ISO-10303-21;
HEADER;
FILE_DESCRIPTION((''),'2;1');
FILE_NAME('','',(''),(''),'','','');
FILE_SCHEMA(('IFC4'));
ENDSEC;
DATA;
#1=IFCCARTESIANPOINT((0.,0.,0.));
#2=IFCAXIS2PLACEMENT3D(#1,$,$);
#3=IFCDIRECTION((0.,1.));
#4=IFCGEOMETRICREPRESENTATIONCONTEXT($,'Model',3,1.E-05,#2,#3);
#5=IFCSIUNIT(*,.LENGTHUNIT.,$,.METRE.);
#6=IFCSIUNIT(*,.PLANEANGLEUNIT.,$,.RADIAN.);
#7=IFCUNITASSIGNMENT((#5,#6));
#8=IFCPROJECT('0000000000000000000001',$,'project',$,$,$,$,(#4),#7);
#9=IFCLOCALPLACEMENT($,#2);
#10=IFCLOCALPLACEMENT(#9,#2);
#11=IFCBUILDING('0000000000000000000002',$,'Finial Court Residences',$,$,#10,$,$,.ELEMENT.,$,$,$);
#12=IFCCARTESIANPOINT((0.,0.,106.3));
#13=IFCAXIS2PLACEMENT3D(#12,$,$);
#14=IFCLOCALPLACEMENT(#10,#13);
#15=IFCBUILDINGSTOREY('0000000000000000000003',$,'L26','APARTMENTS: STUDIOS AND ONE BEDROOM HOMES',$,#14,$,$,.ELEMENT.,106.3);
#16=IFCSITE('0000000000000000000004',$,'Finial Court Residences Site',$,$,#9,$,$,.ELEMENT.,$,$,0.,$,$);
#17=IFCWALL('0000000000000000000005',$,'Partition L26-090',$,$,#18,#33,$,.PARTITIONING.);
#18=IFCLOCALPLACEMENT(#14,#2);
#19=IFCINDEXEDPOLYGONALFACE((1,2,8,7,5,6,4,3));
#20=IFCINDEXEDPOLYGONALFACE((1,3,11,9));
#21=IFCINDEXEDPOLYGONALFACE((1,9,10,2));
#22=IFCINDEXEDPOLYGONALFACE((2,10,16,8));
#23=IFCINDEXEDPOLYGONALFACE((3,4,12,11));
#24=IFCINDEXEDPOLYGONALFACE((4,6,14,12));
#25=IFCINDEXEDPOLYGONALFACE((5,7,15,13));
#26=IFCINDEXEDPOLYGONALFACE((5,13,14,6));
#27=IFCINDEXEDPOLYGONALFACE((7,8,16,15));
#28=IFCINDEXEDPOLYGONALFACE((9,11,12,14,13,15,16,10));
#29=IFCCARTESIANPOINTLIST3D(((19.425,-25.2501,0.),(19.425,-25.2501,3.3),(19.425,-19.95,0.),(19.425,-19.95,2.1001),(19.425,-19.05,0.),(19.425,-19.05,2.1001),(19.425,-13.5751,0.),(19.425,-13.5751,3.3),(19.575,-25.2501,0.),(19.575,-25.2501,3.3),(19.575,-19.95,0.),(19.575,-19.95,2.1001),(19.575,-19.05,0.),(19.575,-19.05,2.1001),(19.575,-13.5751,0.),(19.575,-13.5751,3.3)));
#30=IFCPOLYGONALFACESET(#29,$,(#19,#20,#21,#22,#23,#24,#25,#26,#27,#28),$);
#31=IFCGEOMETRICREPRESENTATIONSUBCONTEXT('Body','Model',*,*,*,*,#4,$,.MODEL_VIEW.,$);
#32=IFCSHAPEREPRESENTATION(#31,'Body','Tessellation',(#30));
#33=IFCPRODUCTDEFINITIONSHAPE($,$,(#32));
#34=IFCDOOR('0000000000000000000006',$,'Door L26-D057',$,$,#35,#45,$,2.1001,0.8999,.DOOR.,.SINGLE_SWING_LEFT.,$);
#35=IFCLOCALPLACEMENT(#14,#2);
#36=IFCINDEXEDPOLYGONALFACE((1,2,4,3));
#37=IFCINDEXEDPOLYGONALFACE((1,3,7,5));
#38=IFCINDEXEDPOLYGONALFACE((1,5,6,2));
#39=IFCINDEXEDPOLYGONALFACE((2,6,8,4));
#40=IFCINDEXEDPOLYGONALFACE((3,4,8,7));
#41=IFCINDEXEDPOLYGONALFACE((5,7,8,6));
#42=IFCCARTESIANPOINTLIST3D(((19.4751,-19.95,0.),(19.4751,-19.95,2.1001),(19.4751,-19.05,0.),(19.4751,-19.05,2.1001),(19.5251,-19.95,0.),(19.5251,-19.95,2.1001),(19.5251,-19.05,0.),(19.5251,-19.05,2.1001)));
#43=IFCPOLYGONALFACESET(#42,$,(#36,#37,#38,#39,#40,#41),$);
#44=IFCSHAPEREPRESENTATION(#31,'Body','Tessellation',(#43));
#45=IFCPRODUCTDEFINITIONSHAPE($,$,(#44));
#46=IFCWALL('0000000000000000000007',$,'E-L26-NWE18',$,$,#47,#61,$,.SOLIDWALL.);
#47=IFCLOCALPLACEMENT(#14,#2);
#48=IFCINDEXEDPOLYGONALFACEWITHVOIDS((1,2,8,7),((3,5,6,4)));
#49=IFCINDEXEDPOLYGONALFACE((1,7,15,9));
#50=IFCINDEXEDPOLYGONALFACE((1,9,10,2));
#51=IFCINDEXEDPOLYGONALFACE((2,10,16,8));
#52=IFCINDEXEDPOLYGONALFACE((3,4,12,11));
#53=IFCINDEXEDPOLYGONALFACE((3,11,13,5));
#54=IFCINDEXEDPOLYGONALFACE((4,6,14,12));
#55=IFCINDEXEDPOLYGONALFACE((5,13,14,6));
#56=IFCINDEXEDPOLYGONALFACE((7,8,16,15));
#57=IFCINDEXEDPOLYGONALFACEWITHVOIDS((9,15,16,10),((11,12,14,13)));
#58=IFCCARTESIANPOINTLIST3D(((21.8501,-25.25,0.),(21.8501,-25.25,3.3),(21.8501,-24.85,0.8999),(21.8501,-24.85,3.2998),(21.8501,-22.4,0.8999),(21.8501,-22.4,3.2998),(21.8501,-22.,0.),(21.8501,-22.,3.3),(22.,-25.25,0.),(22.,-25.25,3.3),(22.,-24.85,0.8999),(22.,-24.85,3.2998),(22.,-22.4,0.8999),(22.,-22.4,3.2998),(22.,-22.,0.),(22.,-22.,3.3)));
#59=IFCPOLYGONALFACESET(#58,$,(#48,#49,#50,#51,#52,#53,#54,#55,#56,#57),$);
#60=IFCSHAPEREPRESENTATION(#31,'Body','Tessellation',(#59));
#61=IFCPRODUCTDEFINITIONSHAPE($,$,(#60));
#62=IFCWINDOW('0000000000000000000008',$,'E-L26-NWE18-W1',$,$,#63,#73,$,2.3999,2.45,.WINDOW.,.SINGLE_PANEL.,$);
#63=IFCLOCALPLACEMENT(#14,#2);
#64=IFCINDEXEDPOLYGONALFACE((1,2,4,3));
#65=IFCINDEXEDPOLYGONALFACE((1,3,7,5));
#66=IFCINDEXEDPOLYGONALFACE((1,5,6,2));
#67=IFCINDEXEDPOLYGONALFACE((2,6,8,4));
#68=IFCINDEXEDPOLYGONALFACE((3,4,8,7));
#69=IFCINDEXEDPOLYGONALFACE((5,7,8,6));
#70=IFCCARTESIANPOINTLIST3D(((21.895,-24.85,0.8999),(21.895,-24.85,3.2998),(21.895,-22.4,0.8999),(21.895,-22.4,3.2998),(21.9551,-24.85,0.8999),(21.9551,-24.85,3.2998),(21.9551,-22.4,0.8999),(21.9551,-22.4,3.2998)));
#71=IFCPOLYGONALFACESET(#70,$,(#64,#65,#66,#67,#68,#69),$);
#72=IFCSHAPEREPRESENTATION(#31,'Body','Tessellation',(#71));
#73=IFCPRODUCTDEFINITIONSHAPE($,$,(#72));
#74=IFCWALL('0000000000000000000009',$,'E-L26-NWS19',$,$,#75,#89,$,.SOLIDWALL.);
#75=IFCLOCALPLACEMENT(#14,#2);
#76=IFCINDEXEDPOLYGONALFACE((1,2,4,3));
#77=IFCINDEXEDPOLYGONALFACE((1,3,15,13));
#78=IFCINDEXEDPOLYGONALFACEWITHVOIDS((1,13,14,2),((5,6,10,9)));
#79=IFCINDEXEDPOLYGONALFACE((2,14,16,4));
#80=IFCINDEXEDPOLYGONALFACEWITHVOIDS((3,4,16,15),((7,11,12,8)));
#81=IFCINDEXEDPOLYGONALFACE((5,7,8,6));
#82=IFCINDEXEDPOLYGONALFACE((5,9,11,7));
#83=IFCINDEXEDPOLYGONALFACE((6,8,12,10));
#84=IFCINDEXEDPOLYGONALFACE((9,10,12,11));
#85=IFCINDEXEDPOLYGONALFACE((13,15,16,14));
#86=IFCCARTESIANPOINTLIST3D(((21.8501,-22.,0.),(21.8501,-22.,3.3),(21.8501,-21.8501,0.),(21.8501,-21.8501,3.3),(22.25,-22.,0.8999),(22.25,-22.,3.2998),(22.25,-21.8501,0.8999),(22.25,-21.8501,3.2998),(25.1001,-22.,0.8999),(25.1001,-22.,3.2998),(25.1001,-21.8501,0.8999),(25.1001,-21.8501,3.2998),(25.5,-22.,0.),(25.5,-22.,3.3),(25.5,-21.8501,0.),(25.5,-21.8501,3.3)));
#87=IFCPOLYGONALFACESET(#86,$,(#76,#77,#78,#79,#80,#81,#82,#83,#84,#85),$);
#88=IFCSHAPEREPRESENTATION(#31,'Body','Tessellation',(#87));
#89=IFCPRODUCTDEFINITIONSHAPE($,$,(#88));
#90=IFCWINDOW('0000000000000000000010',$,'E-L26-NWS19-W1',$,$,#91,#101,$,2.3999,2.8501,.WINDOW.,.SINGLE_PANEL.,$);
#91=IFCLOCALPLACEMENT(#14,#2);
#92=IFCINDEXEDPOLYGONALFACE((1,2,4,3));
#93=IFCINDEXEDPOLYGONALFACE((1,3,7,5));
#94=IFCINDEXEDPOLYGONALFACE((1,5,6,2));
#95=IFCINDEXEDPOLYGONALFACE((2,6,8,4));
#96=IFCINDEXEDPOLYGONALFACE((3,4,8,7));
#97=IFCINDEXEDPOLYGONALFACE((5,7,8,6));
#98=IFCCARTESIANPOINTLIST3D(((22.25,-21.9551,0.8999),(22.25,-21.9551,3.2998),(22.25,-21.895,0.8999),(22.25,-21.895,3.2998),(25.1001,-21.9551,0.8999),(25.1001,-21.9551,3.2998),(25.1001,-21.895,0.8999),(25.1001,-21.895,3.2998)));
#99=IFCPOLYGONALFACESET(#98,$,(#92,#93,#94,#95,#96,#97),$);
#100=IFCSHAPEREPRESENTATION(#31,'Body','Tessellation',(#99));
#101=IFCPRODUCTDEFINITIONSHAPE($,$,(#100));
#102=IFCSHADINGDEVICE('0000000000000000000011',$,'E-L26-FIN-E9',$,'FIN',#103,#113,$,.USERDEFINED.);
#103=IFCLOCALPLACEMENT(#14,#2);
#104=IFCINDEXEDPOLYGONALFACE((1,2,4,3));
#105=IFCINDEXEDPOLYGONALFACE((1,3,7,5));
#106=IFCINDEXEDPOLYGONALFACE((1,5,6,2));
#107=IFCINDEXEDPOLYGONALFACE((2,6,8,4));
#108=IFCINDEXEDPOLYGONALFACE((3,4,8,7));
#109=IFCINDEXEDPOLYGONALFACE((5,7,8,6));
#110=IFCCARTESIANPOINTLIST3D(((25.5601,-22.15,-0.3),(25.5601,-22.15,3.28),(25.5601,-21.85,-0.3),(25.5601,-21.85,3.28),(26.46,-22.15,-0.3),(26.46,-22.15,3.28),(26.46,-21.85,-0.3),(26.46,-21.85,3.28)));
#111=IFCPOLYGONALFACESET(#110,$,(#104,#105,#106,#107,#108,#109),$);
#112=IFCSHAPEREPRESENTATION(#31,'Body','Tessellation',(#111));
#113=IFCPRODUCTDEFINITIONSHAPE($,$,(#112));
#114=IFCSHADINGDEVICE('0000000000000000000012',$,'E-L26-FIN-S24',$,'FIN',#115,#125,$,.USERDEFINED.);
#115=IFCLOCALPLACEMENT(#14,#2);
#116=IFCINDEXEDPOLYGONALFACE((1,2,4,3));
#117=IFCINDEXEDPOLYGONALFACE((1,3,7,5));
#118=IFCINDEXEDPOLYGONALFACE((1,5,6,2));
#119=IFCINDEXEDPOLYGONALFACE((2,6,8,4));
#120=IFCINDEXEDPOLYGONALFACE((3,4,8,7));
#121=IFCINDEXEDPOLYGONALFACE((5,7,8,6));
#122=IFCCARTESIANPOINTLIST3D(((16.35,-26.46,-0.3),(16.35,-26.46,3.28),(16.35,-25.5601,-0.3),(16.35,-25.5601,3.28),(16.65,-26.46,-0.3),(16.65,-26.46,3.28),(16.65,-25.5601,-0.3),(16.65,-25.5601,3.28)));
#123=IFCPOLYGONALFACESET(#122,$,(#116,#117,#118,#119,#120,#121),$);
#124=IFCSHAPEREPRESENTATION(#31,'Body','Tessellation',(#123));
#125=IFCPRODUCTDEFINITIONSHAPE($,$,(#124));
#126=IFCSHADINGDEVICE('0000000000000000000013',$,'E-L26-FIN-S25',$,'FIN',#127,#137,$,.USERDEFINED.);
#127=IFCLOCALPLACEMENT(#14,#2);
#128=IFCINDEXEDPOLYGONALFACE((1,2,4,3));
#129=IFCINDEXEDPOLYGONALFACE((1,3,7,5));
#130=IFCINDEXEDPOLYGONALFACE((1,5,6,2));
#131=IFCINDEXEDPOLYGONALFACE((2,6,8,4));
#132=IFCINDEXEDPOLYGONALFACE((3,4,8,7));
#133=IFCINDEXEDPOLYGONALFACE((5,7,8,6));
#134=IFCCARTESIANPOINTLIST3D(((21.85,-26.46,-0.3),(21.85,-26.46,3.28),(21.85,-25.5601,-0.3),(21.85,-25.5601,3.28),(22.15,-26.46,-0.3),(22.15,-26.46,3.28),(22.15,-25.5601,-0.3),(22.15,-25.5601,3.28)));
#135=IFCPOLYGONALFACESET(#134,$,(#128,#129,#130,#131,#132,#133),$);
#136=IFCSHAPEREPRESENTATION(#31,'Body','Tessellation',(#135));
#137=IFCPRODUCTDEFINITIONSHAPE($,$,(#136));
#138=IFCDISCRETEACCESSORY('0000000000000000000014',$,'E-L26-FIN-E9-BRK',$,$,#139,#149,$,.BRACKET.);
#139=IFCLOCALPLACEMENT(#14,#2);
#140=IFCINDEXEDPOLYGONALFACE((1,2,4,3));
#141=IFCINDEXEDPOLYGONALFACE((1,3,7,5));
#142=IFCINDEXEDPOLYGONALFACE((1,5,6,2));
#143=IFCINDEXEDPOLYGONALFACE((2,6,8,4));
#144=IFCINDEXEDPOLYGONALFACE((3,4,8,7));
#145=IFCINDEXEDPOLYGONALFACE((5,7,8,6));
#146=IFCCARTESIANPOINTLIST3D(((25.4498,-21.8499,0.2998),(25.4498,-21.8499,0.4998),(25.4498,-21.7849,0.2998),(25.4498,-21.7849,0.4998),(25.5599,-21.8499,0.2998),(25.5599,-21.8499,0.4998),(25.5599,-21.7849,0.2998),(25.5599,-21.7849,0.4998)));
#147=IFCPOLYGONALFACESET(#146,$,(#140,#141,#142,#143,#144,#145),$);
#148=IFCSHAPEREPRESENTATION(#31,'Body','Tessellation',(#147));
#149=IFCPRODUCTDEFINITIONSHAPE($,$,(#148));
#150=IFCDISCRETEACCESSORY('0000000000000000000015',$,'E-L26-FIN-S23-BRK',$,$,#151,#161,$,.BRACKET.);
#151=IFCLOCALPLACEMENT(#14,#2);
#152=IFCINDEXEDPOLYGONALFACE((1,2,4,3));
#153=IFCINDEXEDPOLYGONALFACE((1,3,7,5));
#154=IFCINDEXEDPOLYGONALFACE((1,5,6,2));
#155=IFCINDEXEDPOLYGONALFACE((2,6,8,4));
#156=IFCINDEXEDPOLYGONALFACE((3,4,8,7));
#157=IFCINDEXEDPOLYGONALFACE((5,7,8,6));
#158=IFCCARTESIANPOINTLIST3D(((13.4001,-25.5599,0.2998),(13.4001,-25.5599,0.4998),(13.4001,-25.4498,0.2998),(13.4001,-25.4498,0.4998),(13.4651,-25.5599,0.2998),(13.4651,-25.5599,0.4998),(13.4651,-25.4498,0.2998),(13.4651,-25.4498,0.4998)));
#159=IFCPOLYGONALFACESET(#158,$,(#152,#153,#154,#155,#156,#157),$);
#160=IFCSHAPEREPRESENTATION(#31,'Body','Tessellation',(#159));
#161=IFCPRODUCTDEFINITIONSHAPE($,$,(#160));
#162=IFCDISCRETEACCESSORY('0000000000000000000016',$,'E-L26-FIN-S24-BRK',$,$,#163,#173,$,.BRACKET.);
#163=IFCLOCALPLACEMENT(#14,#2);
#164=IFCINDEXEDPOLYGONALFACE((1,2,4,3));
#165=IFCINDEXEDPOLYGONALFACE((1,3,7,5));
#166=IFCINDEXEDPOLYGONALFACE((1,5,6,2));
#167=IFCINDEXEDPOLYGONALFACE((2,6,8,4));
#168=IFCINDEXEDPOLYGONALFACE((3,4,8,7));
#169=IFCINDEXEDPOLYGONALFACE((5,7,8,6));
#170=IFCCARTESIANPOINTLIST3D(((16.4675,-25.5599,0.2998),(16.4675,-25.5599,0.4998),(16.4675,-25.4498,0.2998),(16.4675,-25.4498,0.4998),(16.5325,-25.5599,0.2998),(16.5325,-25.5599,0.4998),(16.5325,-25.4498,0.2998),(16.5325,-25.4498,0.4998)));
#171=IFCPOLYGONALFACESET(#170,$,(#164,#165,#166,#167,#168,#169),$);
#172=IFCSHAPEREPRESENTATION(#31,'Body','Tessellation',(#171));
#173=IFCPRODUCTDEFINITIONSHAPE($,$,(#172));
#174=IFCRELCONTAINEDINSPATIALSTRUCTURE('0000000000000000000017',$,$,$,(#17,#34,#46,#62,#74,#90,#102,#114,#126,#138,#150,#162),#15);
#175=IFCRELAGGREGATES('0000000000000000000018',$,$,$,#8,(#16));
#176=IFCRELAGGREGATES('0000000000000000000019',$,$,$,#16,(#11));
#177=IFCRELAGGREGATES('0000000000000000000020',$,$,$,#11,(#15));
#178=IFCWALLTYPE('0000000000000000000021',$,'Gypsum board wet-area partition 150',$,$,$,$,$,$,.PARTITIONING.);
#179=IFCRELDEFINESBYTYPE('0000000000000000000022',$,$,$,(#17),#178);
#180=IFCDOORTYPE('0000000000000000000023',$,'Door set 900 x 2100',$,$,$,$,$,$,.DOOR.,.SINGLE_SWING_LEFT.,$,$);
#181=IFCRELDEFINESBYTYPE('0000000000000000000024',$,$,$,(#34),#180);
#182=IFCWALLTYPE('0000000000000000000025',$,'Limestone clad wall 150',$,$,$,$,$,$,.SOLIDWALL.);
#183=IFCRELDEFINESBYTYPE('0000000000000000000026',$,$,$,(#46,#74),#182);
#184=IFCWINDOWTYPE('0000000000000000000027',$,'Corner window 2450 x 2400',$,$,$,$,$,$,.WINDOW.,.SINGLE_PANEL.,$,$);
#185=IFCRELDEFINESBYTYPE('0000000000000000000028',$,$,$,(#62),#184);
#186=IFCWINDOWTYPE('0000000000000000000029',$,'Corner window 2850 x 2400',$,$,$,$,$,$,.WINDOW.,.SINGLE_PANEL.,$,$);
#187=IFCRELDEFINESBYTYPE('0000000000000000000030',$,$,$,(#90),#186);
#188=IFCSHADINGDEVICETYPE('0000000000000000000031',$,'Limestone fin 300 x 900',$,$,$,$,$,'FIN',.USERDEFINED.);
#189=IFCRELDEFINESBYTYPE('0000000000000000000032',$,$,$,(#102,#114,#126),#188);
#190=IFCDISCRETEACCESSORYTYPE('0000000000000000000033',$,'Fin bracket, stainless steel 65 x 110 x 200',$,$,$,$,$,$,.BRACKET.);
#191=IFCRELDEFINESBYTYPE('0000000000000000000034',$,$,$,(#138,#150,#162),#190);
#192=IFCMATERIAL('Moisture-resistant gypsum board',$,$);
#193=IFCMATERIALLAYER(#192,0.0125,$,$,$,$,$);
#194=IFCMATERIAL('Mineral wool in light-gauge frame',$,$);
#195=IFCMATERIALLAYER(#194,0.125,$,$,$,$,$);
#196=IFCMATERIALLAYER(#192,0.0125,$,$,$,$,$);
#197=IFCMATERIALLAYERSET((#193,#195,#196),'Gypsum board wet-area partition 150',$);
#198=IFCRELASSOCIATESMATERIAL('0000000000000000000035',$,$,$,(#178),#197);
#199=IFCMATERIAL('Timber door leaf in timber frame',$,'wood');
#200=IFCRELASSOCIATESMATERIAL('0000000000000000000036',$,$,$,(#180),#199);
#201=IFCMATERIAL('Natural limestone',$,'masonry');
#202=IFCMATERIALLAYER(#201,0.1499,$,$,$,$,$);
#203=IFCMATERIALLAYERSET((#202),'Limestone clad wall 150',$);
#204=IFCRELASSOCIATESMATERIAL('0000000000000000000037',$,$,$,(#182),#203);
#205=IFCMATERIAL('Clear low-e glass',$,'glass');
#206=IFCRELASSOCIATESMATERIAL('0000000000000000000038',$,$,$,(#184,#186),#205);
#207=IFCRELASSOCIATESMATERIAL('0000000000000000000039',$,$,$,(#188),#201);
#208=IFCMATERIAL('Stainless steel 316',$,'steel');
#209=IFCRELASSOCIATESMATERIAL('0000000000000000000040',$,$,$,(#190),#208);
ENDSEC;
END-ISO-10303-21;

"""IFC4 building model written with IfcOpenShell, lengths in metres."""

from ifc_helpers import new_model, si_unit, direction, frame, frame_2d, origin, origin_2d, place, context, subcontext, project, spatial, rectangle, extrude, material, layer, layer_set, type_object, element, fill, save


model = new_model("IFC4")

# Units and contexts
model_context = context("Model", 3, precision=1e-05, world=origin(), true_north=direction((0.0, 1.0)))
body_context = subcontext(model_context, "Body", "Model", "MODEL_VIEW")
ifc_project = project(units=[si_unit("LENGTHUNIT", "METRE"), si_unit("PLANEANGLEUNIT", "RADIAN")], contexts=[model_context])

# Site, building, storey
site_placement = place(None, origin())
site = spatial("IfcSite", under=ifc_project, at=site_placement, Name="Finial Court Residences Site", CompositionType="ELEMENT", RefElevation=0.0)
building_placement = place(site_placement, origin())
building = spatial("IfcBuilding", under=site, at=building_placement, Name="Finial Court Residences", CompositionType="ELEMENT")
storey_placement = place(building_placement, frame((0.0, 0.0, 106.3)))
storey = spatial("IfcBuildingStorey", under=building, at=storey_placement, Name="L26", Description="APARTMENTS: STUDIOS AND ONE BEDROOM HOMES", CompositionType="ELEMENT", Elevation=106.3)

# Shared definitions
ifc_material_1 = material(Name="Clear low-e glass", Category="glass")

# Shared definitions
ifc_material_2 = material(Name="Moisture-resistant gypsum board")
ifc_layer_1 = layer(ifc_material_2, 0.0125)
ifc_material_3 = material(Name="Mineral wool in light-gauge frame")
ifc_layer_2 = layer(ifc_material_3, 0.125)
ifc_layer_3 = layer(ifc_material_2, 0.0125)
ifc_layer_set_1 = layer_set([ifc_layer_1, ifc_layer_2, ifc_layer_3], Name="Gypsum board wet-area partition 150")
wall_type_1 = type_object("IfcWallType", Name="Gypsum board wet-area partition 150", PredefinedType="PARTITIONING", material=ifc_layer_set_1)

# Wall, opening, door
wall_1_placement = place(storey_placement, frame((19.5, -25.25, 0.0), z_axis=(0.0, 0.0, 1.0), x_axis=(0.0, 1.0, 0.0)))
wall_1 = element("IfcWall", 1, at=wall_1_placement, inside=storey, type_object=wall_type_1, Name="Partition L26-090", PredefinedType="PARTITIONING", context=body_context, shape_type="SweptSolid", body=[
    extrude(rectangle(XDim=11.675, YDim=0.1499, at=frame_2d((5.8374, 0.0))), origin(), (0.0, 0.0, 1.0), 3.3),
])
opening_1_placement = place(wall_1_placement, frame((5.3, 0.0, 0.0)))
opening_1 = element("IfcOpeningElement", 2, at=opening_1_placement, cuts=wall_1, PredefinedType="OPENING", context=body_context, shape_type="SweptSolid", body=[
    extrude(rectangle(XDim=0.8999, YDim=2.1001, at=frame_2d((0.45, 1.05))), frame((0.0, 0.085, 0.0), z_axis=(0.0, -1.0, 0.0), x_axis=(1.0, 0.0, 0.0)), (0.0, 0.0, 1.0), 0.1699),
])
ifc_material_4 = material(Name="Timber door leaf in timber frame", Category="wood")
door_type = type_object("IfcDoorType", Name="Door set 900 x 2100", OperationType="SINGLE_SWING_LEFT", PredefinedType="DOOR", material=ifc_material_4)
door_placement = place(opening_1_placement, origin())
door = element("IfcDoor", 3, at=door_placement, inside=storey, type_object=door_type, Name="Door L26-D057", OperationType="SINGLE_SWING_LEFT", OverallHeight=2.1001, OverallWidth=0.8999, PredefinedType="DOOR", context=body_context, shape_type="SweptSolid", body=[
    extrude(rectangle(XDim=0.8999, YDim=2.1001, at=frame_2d((0.45, 1.05))), frame((0.0, 0.0249, 0.0), z_axis=(0.0, -1.0, 0.0), x_axis=(1.0, 0.0, 0.0)), (0.0, 0.0, 1.0), 0.05),
])
fill(opening_1, door)

# Walls, openings, windows
ifc_material_5 = material(Name="Natural limestone", Category="masonry")
ifc_layer_4 = layer(ifc_material_5, 0.1499)
ifc_layer_set_2 = layer_set([ifc_layer_4], Name="Limestone clad wall 150")
wall_type_2 = type_object("IfcWallType", Name="Limestone clad wall 150", PredefinedType="SOLIDWALL", material=ifc_layer_set_2)
wall_2_placement = place(storey_placement, frame((21.925, -22.0, 0.0), z_axis=(0.0, 0.0, 1.0), x_axis=(0.0, -1.0, 0.0)))
wall_2 = element("IfcWall", 4, at=wall_2_placement, inside=storey, type_object=wall_type_2, Name="E-L26-NWE18", PredefinedType="SOLIDWALL", context=body_context, shape_type="SweptSolid", body=[
    extrude(rectangle(XDim=3.25, YDim=0.1499, at=frame_2d((1.625, 0.0))), origin(), (0.0, 0.0, 1.0), 3.3),
])
opening_2_placement = place(wall_2_placement, frame((0.3999, 0.0, 0.8999)))
opening_2 = element("IfcOpeningElement", 5, at=opening_2_placement, cuts=wall_2, PredefinedType="OPENING", context=body_context, shape_type="SweptSolid", body=[
    extrude(rectangle(XDim=2.45, YDim=2.3999, at=frame_2d((1.2251, 1.2))), frame((0.0, 0.085, 0.0), z_axis=(0.0, -1.0, 0.0), x_axis=(1.0, 0.0, 0.0)), (0.0, 0.0, 1.0), 0.1699),
])
window_type_1 = type_object("IfcWindowType", Name="Corner window 2450 x 2400", PartitioningType="SINGLE_PANEL", PredefinedType="WINDOW", material=ifc_material_1)
window_1_placement = place(opening_2_placement, origin())
window_1 = element("IfcWindow", 6, at=window_1_placement, inside=storey, type_object=window_type_1, Name="E-L26-NWE18-W1", OverallHeight=2.3999, OverallWidth=2.45, PartitioningType="SINGLE_PANEL", PredefinedType="WINDOW", context=body_context, shape_type="SweptSolid", body=[
    extrude(rectangle(XDim=2.45, YDim=2.3999, at=frame_2d((1.2251, 1.2))), frame((0.0, 0.03, 0.0), z_axis=(0.0, -1.0, 0.0), x_axis=(1.0, 0.0, 0.0)), (0.0, 0.0, 1.0), 0.0601),
])
fill(opening_2, window_1)
wall_3_placement = place(storey_placement, frame((25.5, -21.925, 0.0), z_axis=(0.0, 0.0, 1.0), x_axis=(-1.0, 0.0, 0.0)))
wall_3 = element("IfcWall", 7, at=wall_3_placement, inside=storey, type_object=wall_type_2, Name="E-L26-NWS19", PredefinedType="SOLIDWALL", context=body_context, shape_type="SweptSolid", body=[
    extrude(rectangle(XDim=3.6499, YDim=0.1499, at=frame_2d((1.825, 0.0))), origin(), (0.0, 0.0, 1.0), 3.3),
])
opening_3_placement = place(wall_3_placement, frame((0.3999, 0.0, 0.8999)))
opening_3 = element("IfcOpeningElement", 8, at=opening_3_placement, cuts=wall_3, PredefinedType="OPENING", context=body_context, shape_type="SweptSolid", body=[
    extrude(rectangle(XDim=2.8501, YDim=2.3999, at=frame_2d((1.425, 1.2))), frame((0.0, 0.085, 0.0), z_axis=(0.0, -1.0, 0.0), x_axis=(1.0, 0.0, 0.0)), (0.0, 0.0, 1.0), 0.1699),
])
window_type_2 = type_object("IfcWindowType", Name="Corner window 2850 x 2400", PartitioningType="SINGLE_PANEL", PredefinedType="WINDOW", material=ifc_material_1)
window_2_placement = place(opening_3_placement, origin())
window_2 = element("IfcWindow", 9, at=window_2_placement, inside=storey, type_object=window_type_2, Name="E-L26-NWS19-W1", OverallHeight=2.3999, OverallWidth=2.8501, PartitioningType="SINGLE_PANEL", PredefinedType="WINDOW", context=body_context, shape_type="SweptSolid", body=[
    extrude(rectangle(XDim=2.8501, YDim=2.3999, at=frame_2d((1.425, 1.2))), frame((0.0, 0.03, 0.0), z_axis=(0.0, -1.0, 0.0), x_axis=(1.0, 0.0, 0.0)), (0.0, 0.0, 1.0), 0.0601),
])
fill(opening_3, window_2)

# Shading devices
shading_device_type = type_object("IfcShadingDeviceType", Name="Limestone fin 300 x 900", ElementType="FIN", PredefinedType="USERDEFINED", material=ifc_material_5)
shading_device_placement = place(storey_placement, frame((26.01, -22.0, -0.3), z_axis=(0.0, 0.0, 1.0), x_axis=(1.0, 0.0, 0.0)))
element("IfcShadingDevice", 10, at=shading_device_placement, inside=storey, type_object=shading_device_type, Name="E-L26-FIN-E9", ObjectType="FIN", PredefinedType="USERDEFINED", context=body_context, shape_type="SweptSolid", body=[
    extrude(rectangle(XDim=0.8999, YDim=0.3, at=origin_2d()), origin(), (0.0, 0.0, 1.0), 3.5801),
])
for number, where, z_axis, x_axis, name in (
    (11, (16.5, -26.01, -0.3), (0.0, 0.0, 1.0), (1.0, 0.0, 0.0), "E-L26-FIN-S24"),
    (12, (22.0, -26.01, -0.3), (0.0, 0.0, 1.0), (1.0, 0.0, 0.0), "E-L26-FIN-S25"),
):
    element("IfcShadingDevice", number, at=place(storey_placement, frame(where, z_axis=z_axis, x_axis=x_axis)), inside=storey, type_object=shading_device_type, Name=name, ObjectType="FIN", PredefinedType="USERDEFINED", context=body_context, shape_type="SweptSolid", body=[
        extrude(rectangle(XDim=0.3, YDim=0.8999, at=origin_2d()), origin(), (0.0, 0.0, 1.0), 3.5801),
    ])

# Discrete accessories
ifc_material_6 = material(Name="Stainless steel 316", Category="steel")
discrete_accessory_type = type_object("IfcDiscreteAccessoryType", Name="Fin bracket, stainless steel 65 x 110 x 200", PredefinedType="BRACKET", material=ifc_material_6)
discrete_accessory_placement = place(storey_placement, frame((25.5049, -21.8174, 0.2998), z_axis=(0.0, 0.0, 1.0), x_axis=(1.0, 0.0, 0.0)))
element("IfcDiscreteAccessory", 13, at=discrete_accessory_placement, inside=storey, type_object=discrete_accessory_type, Name="E-L26-FIN-E9-BRK", PredefinedType="BRACKET", context=body_context, shape_type="SweptSolid", body=[
    extrude(rectangle(XDim=0.1101, YDim=0.0649, at=origin_2d()), origin(), (0.0, 0.0, 1.0), 0.2),
])
for number, where, z_axis, x_axis, name in (
    (14, (13.4326, -25.5049, 0.2998), (0.0, 0.0, 1.0), (1.0, 0.0, 0.0), "E-L26-FIN-S23-BRK"),
    (15, (16.5, -25.5049, 0.2998), (0.0, 0.0, 1.0), (1.0, 0.0, 0.0), "E-L26-FIN-S24-BRK"),
):
    element("IfcDiscreteAccessory", number, at=place(storey_placement, frame(where, z_axis=z_axis, x_axis=x_axis)), inside=storey, type_object=discrete_accessory_type, Name=name, PredefinedType="BRACKET", context=body_context, shape_type="SweptSolid", body=[
        extrude(rectangle(XDim=0.0649, YDim=0.1101, at=origin_2d()), origin(), (0.0, 0.0, 1.0), 0.2),
    ])

save(model, "model.ifc")
